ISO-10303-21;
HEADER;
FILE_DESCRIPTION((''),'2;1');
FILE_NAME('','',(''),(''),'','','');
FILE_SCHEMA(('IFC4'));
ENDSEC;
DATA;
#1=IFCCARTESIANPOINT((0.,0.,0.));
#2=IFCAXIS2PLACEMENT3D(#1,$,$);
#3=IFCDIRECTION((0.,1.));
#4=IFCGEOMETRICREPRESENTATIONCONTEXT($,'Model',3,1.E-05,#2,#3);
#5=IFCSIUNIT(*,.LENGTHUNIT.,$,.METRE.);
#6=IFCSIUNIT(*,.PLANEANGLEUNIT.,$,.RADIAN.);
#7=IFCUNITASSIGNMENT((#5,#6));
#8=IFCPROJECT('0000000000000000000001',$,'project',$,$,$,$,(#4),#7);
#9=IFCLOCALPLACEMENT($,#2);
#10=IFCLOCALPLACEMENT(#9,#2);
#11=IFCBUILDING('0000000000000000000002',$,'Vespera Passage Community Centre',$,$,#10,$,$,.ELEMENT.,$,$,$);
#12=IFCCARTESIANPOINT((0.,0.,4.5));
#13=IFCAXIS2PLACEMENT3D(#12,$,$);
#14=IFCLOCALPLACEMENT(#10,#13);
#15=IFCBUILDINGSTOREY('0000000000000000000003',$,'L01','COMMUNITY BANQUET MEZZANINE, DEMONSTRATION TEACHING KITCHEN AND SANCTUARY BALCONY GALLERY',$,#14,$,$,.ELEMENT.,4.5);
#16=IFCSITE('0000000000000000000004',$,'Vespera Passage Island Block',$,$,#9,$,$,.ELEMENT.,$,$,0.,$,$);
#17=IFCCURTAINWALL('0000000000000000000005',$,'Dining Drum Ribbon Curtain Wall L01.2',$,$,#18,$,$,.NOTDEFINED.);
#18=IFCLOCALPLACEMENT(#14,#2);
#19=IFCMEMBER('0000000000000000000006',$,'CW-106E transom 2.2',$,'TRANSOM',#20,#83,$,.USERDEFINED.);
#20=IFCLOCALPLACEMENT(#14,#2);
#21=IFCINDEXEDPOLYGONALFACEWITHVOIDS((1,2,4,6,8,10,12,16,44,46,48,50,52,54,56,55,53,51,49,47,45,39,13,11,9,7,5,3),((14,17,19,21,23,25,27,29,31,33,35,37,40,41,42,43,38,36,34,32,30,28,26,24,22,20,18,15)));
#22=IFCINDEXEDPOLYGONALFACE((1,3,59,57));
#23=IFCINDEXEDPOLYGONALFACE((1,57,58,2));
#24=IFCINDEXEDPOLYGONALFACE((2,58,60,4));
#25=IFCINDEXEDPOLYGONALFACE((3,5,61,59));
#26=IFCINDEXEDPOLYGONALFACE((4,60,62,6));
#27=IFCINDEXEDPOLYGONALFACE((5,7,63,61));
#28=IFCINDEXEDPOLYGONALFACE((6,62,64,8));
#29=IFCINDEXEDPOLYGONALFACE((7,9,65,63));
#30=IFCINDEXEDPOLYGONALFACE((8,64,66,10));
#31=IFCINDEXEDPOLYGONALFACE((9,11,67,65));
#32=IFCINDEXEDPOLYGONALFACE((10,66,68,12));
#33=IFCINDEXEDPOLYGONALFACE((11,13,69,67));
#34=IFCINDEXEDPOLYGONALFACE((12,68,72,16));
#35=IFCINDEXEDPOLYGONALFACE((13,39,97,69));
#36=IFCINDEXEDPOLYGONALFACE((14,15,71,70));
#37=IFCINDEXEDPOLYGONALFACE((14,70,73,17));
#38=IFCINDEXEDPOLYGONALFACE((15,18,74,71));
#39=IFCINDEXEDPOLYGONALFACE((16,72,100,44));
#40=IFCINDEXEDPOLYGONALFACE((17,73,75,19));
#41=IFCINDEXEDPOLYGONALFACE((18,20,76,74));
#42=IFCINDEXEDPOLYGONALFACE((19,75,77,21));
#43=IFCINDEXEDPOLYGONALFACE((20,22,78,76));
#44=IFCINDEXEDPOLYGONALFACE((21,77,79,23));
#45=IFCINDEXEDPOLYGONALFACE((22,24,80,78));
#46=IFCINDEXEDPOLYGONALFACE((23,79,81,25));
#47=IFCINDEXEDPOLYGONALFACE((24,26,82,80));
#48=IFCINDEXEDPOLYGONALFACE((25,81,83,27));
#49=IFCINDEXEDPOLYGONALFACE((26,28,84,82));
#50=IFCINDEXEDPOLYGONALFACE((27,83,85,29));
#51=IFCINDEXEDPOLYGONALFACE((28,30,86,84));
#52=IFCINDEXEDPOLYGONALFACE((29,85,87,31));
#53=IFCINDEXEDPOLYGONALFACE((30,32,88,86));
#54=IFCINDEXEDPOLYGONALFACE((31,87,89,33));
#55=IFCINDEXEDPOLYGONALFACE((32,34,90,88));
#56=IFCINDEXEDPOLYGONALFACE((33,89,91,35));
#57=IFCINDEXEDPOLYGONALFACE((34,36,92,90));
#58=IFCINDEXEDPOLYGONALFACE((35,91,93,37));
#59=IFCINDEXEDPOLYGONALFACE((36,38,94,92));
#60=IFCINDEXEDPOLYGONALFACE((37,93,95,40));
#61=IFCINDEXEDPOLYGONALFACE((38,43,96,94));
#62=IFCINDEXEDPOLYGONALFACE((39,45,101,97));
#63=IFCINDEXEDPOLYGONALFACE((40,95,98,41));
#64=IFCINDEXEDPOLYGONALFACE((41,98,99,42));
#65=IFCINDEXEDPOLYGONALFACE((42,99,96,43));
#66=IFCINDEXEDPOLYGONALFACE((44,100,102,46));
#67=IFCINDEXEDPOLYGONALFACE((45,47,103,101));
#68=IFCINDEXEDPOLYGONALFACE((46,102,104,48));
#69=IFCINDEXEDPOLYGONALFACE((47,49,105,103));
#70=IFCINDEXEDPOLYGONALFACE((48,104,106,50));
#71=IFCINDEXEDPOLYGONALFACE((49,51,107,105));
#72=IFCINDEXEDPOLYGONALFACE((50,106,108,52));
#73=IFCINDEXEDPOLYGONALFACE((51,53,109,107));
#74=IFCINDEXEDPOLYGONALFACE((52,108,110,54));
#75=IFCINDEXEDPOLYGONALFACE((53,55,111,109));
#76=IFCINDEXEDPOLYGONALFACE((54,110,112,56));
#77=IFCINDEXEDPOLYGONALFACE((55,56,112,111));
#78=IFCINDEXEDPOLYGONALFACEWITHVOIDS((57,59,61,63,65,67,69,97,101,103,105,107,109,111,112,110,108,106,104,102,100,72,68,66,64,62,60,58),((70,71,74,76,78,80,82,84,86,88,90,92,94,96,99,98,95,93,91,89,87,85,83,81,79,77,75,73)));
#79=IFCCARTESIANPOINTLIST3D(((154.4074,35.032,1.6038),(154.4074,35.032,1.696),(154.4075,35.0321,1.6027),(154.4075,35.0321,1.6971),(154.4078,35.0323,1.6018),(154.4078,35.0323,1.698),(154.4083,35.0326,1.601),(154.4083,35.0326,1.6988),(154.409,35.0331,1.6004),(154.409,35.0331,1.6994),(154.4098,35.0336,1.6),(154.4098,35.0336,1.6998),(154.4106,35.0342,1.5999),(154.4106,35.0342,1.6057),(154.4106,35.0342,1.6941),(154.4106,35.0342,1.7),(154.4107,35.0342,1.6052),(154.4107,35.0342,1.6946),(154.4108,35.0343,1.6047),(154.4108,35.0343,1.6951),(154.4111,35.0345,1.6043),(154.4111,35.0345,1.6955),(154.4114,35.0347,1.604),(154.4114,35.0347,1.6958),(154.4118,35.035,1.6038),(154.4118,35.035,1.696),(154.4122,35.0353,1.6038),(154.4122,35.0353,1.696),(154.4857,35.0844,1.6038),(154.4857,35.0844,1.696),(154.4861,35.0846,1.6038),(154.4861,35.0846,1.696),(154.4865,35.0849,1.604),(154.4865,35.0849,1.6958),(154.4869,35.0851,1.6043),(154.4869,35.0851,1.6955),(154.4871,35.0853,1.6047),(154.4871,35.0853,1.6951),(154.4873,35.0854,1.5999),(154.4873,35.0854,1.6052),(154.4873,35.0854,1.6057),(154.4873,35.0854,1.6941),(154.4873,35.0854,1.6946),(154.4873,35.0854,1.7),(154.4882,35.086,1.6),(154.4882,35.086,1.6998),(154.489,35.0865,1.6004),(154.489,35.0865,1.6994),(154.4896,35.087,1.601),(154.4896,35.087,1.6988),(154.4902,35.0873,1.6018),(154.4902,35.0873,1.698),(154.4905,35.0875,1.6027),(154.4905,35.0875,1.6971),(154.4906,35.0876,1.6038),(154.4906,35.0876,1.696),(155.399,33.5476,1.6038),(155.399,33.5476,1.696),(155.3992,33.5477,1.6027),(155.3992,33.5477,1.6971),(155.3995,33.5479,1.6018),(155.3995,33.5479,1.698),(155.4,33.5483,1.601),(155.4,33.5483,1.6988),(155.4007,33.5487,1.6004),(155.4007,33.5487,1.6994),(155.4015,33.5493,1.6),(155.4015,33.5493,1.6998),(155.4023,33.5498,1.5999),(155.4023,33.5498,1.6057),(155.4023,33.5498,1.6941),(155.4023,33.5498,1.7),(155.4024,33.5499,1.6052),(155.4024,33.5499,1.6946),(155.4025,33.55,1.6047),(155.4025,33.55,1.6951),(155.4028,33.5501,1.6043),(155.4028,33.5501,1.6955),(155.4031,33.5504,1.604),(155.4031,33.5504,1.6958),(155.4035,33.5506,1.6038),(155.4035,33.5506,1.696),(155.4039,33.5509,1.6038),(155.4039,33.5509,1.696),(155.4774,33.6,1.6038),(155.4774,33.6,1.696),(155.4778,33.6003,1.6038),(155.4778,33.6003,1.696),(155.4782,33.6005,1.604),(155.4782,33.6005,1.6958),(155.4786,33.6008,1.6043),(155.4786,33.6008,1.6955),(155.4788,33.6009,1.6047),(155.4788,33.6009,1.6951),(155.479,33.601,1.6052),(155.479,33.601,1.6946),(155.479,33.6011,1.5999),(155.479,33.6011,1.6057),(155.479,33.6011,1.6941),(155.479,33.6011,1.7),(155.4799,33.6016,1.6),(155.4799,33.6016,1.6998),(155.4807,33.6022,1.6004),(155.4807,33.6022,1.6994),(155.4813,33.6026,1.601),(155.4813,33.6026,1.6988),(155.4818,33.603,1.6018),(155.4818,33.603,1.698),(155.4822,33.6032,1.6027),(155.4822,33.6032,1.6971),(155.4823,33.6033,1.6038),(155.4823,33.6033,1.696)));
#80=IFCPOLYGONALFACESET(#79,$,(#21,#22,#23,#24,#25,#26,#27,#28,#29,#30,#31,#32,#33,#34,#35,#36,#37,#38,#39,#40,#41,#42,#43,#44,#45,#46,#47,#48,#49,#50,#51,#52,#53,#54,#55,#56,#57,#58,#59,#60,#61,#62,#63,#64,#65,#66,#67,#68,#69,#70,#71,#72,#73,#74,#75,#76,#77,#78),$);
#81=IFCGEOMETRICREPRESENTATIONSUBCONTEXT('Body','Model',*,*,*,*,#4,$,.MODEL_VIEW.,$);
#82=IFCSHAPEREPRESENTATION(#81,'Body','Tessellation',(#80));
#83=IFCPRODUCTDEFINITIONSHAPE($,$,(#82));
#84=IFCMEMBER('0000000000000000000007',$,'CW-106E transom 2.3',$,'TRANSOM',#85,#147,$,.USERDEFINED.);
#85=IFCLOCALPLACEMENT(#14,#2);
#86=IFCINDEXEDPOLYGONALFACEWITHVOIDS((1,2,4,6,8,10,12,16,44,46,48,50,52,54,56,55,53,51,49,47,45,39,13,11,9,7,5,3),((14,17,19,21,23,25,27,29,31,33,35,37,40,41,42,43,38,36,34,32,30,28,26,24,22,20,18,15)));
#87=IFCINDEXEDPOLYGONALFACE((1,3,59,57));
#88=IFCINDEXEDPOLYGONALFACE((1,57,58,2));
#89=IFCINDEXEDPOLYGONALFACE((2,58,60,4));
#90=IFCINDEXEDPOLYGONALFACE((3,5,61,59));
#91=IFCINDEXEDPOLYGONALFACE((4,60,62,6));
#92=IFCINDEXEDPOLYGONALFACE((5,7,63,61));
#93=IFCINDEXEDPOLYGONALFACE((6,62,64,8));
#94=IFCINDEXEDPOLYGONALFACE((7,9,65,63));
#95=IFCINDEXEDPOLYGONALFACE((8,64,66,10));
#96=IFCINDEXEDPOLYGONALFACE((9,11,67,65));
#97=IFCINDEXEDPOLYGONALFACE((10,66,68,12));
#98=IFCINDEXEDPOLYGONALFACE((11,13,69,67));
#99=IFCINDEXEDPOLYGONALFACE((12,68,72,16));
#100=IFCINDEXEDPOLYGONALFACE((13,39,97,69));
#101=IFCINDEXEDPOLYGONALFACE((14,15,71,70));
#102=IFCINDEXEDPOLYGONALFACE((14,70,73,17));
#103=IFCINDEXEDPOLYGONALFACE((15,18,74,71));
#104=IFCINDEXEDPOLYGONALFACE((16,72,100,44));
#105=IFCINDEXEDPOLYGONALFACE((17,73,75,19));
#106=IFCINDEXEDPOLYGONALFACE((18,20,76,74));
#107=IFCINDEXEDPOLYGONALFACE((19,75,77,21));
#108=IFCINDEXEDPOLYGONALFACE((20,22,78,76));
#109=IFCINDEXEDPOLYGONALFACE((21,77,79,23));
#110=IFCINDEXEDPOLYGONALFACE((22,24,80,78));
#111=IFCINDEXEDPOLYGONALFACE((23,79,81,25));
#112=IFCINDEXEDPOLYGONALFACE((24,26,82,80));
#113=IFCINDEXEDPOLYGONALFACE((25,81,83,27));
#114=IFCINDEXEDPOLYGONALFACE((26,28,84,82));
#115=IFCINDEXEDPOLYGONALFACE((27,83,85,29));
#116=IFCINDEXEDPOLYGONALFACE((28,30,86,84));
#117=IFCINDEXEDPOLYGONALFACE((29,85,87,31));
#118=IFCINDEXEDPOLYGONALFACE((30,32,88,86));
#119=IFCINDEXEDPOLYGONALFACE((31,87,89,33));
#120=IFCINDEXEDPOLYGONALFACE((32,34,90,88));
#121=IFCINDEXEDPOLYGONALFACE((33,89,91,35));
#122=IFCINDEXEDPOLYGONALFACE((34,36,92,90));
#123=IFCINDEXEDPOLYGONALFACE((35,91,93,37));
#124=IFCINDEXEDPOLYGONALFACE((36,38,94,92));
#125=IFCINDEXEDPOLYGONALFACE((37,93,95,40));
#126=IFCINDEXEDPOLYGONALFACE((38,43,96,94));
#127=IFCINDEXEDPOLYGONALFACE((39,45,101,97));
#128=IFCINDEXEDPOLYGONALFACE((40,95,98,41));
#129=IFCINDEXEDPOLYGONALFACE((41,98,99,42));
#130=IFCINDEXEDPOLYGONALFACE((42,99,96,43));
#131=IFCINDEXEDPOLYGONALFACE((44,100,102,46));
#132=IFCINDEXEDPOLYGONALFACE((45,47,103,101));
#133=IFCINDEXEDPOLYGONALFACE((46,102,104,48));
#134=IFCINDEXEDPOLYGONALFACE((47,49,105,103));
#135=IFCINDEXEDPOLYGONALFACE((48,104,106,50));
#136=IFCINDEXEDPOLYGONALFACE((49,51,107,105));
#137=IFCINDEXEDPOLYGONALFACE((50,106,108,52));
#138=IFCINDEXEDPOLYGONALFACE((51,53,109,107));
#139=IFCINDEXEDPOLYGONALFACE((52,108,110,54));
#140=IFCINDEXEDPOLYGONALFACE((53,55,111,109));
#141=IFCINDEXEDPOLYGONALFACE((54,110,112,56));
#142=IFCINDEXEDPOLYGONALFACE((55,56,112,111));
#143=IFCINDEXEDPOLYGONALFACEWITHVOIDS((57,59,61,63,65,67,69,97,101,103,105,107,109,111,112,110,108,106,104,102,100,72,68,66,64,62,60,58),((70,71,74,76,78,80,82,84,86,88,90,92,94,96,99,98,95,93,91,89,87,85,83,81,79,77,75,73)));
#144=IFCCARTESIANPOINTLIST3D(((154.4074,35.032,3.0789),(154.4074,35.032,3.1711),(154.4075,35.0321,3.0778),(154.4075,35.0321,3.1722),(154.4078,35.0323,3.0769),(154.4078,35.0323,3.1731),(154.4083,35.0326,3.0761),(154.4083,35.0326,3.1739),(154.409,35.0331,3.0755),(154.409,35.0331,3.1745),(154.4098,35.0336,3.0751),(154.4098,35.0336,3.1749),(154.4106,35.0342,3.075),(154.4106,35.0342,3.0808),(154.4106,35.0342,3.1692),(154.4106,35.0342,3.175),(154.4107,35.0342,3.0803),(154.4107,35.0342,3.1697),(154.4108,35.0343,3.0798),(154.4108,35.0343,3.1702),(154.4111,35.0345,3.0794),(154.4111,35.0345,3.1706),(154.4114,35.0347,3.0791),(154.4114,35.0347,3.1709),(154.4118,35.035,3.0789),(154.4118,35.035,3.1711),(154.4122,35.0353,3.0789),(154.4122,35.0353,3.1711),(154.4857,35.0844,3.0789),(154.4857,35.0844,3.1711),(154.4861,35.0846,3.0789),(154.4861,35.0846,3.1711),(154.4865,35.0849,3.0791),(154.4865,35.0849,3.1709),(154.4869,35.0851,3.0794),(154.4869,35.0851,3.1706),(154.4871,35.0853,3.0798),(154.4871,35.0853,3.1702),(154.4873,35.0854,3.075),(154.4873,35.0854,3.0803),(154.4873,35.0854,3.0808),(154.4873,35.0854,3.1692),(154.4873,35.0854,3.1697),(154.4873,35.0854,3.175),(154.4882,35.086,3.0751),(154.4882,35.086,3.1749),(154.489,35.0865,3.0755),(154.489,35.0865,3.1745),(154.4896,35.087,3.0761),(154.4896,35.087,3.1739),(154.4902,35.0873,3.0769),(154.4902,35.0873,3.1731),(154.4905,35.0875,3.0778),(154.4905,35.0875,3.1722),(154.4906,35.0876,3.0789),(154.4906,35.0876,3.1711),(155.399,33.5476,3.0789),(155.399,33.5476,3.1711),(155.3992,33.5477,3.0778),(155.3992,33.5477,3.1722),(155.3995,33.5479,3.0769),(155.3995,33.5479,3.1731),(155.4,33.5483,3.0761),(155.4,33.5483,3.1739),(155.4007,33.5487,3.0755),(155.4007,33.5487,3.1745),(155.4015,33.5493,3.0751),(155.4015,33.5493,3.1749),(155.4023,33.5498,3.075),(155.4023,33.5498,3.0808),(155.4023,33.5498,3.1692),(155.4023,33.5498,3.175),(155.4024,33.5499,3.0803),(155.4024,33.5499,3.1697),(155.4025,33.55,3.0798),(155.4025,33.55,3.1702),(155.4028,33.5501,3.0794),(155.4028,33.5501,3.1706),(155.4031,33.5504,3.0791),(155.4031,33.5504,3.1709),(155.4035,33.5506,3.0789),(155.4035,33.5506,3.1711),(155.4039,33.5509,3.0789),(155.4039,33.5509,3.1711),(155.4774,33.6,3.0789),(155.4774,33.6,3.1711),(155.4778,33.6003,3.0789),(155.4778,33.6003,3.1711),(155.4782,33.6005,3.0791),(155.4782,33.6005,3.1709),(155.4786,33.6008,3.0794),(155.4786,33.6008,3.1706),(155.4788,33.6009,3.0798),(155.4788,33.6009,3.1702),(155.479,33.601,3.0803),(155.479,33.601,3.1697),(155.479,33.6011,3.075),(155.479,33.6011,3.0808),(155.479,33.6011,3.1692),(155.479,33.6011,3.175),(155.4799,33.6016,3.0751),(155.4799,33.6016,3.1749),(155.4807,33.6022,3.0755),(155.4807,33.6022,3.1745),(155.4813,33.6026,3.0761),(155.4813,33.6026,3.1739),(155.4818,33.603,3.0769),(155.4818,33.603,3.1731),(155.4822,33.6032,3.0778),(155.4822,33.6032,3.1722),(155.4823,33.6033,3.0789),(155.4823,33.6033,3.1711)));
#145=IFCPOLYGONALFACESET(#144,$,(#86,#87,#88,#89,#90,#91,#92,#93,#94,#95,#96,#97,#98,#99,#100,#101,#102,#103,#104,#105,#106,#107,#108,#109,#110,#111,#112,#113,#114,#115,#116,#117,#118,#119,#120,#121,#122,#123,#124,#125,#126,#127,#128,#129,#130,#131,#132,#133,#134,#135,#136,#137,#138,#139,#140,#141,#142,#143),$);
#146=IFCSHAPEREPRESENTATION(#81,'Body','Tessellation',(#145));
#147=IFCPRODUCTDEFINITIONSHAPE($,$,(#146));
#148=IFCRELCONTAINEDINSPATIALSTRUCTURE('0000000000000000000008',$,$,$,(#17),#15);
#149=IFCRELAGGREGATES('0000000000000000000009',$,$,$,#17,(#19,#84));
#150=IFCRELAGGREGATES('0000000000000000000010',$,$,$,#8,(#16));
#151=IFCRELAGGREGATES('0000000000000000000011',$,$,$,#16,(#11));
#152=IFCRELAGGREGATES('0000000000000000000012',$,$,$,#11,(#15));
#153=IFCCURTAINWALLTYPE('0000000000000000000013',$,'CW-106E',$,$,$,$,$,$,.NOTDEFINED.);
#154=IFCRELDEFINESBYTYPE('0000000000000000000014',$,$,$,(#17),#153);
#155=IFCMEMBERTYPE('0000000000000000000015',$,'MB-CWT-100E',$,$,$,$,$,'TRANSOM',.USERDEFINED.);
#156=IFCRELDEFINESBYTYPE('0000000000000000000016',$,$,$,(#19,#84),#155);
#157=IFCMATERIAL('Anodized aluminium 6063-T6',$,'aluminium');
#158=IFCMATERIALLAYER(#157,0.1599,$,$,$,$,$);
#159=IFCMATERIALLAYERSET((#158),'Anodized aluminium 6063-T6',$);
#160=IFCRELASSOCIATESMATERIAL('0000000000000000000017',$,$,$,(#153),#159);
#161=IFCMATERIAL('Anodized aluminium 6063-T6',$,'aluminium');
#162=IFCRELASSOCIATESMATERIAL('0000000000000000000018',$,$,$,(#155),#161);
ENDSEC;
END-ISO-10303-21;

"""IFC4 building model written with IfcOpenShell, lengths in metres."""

from ifc_helpers import new_model, si_unit, direction, frame, origin, origin_2d, place, context, subcontext, project, spatial, hollow_rectangle, extrude, material, layer, layer_set, material_profile, profile_set, type_object, element, aggregate, save


model = new_model("IFC4")

# Units and contexts
model_context = context("Model", 3, precision=1e-05, world=origin(), true_north=direction((0.0, 1.0)))
body_context = subcontext(model_context, "Body", "Model", "MODEL_VIEW")
ifc_project = project(units=[si_unit("LENGTHUNIT", "METRE"), si_unit("PLANEANGLEUNIT", "RADIAN")], contexts=[model_context])

# Site, building, storey
site_placement = place(None, origin())
site = spatial("IfcSite", under=ifc_project, at=site_placement, Name="Vespera Passage Island Block", CompositionType="ELEMENT", RefElevation=0.0)
building_placement = place(site_placement, origin())
building = spatial("IfcBuilding", under=site, at=building_placement, Name="Vespera Passage Community Centre", CompositionType="ELEMENT")
storey_placement = place(building_placement, frame((0.0, 0.0, 4.5)))
storey = spatial("IfcBuildingStorey", under=building, at=storey_placement, Name="L01", Description="COMMUNITY BANQUET MEZZANINE, DEMONSTRATION TEACHING KITCHEN AND SANCTUARY BALCONY GALLERY", CompositionType="ELEMENT", Elevation=4.5)

# Curtain wall
ifc_material_1 = material(Name="Anodized aluminium 6063-T6", Category="aluminium")
ifc_layer_1 = layer(ifc_material_1, 0.1599)
ifc_layer_set_1 = layer_set([ifc_layer_1], Name="Anodized aluminium 6063-T6")
curtain_wall_type_1 = type_object("IfcCurtainWallType", Name="CW-106E", PredefinedType="NOTDEFINED", material=ifc_layer_set_1)
curtain_wall_1_placement = place(storey_placement, origin())
curtain_wall_1 = element("IfcCurtainWall", 1, at=curtain_wall_1_placement, inside=storey, type_object=curtain_wall_type_1, Name="Dining Drum Ribbon Curtain Wall L01.2", PredefinedType="NOTDEFINED")

# Members
ifc_material_2 = material(Name="Anodized aluminium 6063-T6", Category="aluminium")
ifc_material_profile_1 = material_profile(ifc_material_2, hollow_rectangle(XDim=0.1001, YDim=0.1001, WallThickness=0.0039, InnerFilletRadius=0.002, OuterFilletRadius=0.0039, at=origin_2d()), Name="ALU100X100X4")
ifc_profile_set_1 = profile_set([ifc_material_profile_1], Name="Anodized aluminium 6063-T6")
member_type_1 = type_object("IfcMemberType", Name="MB-CWT-100E", ElementType="TRANSOM", PredefinedType="USERDEFINED", material=ifc_profile_set_1)
member_1_placement = place(storey_placement, frame((154.449, 35.0598, 1.6499), z_axis=(0.55552, -0.831503, 0.0), x_axis=(0.831503, 0.55552, 0.0)))
member_1 = element("IfcMember", 2, at=member_1_placement, type_object=member_type_1, Name="CW-106E transom 2.2", ObjectType="TRANSOM", PredefinedType="USERDEFINED", context=body_context, shape_type="SweptSolid", body=[
    extrude(hollow_rectangle(XDim=0.1001, YDim=0.1001, WallThickness=0.0039, InnerFilletRadius=0.002, OuterFilletRadius=0.0039, at=origin_2d()), origin(), (0.0, 0.0, 1.0), 1.7852),
])
member_2_placement = place(storey_placement, frame((154.449, 35.0598, 3.125), z_axis=(0.55552, -0.831503, 0.0), x_axis=(0.831503, 0.55552, 0.0)))
member_2 = element("IfcMember", 3, at=member_2_placement, type_object=member_type_1, Name="CW-106E transom 2.3", ObjectType="TRANSOM", PredefinedType="USERDEFINED", context=body_context, shape_type="SweptSolid", body=[
    extrude(hollow_rectangle(XDim=0.1001, YDim=0.1001, WallThickness=0.0039, InnerFilletRadius=0.002, OuterFilletRadius=0.0039, at=origin_2d()), origin(), (0.0, 0.0, 1.0), 1.7852),
])

aggregate(curtain_wall_1, [member_1, member_2])

save(model, "model.ifc")
